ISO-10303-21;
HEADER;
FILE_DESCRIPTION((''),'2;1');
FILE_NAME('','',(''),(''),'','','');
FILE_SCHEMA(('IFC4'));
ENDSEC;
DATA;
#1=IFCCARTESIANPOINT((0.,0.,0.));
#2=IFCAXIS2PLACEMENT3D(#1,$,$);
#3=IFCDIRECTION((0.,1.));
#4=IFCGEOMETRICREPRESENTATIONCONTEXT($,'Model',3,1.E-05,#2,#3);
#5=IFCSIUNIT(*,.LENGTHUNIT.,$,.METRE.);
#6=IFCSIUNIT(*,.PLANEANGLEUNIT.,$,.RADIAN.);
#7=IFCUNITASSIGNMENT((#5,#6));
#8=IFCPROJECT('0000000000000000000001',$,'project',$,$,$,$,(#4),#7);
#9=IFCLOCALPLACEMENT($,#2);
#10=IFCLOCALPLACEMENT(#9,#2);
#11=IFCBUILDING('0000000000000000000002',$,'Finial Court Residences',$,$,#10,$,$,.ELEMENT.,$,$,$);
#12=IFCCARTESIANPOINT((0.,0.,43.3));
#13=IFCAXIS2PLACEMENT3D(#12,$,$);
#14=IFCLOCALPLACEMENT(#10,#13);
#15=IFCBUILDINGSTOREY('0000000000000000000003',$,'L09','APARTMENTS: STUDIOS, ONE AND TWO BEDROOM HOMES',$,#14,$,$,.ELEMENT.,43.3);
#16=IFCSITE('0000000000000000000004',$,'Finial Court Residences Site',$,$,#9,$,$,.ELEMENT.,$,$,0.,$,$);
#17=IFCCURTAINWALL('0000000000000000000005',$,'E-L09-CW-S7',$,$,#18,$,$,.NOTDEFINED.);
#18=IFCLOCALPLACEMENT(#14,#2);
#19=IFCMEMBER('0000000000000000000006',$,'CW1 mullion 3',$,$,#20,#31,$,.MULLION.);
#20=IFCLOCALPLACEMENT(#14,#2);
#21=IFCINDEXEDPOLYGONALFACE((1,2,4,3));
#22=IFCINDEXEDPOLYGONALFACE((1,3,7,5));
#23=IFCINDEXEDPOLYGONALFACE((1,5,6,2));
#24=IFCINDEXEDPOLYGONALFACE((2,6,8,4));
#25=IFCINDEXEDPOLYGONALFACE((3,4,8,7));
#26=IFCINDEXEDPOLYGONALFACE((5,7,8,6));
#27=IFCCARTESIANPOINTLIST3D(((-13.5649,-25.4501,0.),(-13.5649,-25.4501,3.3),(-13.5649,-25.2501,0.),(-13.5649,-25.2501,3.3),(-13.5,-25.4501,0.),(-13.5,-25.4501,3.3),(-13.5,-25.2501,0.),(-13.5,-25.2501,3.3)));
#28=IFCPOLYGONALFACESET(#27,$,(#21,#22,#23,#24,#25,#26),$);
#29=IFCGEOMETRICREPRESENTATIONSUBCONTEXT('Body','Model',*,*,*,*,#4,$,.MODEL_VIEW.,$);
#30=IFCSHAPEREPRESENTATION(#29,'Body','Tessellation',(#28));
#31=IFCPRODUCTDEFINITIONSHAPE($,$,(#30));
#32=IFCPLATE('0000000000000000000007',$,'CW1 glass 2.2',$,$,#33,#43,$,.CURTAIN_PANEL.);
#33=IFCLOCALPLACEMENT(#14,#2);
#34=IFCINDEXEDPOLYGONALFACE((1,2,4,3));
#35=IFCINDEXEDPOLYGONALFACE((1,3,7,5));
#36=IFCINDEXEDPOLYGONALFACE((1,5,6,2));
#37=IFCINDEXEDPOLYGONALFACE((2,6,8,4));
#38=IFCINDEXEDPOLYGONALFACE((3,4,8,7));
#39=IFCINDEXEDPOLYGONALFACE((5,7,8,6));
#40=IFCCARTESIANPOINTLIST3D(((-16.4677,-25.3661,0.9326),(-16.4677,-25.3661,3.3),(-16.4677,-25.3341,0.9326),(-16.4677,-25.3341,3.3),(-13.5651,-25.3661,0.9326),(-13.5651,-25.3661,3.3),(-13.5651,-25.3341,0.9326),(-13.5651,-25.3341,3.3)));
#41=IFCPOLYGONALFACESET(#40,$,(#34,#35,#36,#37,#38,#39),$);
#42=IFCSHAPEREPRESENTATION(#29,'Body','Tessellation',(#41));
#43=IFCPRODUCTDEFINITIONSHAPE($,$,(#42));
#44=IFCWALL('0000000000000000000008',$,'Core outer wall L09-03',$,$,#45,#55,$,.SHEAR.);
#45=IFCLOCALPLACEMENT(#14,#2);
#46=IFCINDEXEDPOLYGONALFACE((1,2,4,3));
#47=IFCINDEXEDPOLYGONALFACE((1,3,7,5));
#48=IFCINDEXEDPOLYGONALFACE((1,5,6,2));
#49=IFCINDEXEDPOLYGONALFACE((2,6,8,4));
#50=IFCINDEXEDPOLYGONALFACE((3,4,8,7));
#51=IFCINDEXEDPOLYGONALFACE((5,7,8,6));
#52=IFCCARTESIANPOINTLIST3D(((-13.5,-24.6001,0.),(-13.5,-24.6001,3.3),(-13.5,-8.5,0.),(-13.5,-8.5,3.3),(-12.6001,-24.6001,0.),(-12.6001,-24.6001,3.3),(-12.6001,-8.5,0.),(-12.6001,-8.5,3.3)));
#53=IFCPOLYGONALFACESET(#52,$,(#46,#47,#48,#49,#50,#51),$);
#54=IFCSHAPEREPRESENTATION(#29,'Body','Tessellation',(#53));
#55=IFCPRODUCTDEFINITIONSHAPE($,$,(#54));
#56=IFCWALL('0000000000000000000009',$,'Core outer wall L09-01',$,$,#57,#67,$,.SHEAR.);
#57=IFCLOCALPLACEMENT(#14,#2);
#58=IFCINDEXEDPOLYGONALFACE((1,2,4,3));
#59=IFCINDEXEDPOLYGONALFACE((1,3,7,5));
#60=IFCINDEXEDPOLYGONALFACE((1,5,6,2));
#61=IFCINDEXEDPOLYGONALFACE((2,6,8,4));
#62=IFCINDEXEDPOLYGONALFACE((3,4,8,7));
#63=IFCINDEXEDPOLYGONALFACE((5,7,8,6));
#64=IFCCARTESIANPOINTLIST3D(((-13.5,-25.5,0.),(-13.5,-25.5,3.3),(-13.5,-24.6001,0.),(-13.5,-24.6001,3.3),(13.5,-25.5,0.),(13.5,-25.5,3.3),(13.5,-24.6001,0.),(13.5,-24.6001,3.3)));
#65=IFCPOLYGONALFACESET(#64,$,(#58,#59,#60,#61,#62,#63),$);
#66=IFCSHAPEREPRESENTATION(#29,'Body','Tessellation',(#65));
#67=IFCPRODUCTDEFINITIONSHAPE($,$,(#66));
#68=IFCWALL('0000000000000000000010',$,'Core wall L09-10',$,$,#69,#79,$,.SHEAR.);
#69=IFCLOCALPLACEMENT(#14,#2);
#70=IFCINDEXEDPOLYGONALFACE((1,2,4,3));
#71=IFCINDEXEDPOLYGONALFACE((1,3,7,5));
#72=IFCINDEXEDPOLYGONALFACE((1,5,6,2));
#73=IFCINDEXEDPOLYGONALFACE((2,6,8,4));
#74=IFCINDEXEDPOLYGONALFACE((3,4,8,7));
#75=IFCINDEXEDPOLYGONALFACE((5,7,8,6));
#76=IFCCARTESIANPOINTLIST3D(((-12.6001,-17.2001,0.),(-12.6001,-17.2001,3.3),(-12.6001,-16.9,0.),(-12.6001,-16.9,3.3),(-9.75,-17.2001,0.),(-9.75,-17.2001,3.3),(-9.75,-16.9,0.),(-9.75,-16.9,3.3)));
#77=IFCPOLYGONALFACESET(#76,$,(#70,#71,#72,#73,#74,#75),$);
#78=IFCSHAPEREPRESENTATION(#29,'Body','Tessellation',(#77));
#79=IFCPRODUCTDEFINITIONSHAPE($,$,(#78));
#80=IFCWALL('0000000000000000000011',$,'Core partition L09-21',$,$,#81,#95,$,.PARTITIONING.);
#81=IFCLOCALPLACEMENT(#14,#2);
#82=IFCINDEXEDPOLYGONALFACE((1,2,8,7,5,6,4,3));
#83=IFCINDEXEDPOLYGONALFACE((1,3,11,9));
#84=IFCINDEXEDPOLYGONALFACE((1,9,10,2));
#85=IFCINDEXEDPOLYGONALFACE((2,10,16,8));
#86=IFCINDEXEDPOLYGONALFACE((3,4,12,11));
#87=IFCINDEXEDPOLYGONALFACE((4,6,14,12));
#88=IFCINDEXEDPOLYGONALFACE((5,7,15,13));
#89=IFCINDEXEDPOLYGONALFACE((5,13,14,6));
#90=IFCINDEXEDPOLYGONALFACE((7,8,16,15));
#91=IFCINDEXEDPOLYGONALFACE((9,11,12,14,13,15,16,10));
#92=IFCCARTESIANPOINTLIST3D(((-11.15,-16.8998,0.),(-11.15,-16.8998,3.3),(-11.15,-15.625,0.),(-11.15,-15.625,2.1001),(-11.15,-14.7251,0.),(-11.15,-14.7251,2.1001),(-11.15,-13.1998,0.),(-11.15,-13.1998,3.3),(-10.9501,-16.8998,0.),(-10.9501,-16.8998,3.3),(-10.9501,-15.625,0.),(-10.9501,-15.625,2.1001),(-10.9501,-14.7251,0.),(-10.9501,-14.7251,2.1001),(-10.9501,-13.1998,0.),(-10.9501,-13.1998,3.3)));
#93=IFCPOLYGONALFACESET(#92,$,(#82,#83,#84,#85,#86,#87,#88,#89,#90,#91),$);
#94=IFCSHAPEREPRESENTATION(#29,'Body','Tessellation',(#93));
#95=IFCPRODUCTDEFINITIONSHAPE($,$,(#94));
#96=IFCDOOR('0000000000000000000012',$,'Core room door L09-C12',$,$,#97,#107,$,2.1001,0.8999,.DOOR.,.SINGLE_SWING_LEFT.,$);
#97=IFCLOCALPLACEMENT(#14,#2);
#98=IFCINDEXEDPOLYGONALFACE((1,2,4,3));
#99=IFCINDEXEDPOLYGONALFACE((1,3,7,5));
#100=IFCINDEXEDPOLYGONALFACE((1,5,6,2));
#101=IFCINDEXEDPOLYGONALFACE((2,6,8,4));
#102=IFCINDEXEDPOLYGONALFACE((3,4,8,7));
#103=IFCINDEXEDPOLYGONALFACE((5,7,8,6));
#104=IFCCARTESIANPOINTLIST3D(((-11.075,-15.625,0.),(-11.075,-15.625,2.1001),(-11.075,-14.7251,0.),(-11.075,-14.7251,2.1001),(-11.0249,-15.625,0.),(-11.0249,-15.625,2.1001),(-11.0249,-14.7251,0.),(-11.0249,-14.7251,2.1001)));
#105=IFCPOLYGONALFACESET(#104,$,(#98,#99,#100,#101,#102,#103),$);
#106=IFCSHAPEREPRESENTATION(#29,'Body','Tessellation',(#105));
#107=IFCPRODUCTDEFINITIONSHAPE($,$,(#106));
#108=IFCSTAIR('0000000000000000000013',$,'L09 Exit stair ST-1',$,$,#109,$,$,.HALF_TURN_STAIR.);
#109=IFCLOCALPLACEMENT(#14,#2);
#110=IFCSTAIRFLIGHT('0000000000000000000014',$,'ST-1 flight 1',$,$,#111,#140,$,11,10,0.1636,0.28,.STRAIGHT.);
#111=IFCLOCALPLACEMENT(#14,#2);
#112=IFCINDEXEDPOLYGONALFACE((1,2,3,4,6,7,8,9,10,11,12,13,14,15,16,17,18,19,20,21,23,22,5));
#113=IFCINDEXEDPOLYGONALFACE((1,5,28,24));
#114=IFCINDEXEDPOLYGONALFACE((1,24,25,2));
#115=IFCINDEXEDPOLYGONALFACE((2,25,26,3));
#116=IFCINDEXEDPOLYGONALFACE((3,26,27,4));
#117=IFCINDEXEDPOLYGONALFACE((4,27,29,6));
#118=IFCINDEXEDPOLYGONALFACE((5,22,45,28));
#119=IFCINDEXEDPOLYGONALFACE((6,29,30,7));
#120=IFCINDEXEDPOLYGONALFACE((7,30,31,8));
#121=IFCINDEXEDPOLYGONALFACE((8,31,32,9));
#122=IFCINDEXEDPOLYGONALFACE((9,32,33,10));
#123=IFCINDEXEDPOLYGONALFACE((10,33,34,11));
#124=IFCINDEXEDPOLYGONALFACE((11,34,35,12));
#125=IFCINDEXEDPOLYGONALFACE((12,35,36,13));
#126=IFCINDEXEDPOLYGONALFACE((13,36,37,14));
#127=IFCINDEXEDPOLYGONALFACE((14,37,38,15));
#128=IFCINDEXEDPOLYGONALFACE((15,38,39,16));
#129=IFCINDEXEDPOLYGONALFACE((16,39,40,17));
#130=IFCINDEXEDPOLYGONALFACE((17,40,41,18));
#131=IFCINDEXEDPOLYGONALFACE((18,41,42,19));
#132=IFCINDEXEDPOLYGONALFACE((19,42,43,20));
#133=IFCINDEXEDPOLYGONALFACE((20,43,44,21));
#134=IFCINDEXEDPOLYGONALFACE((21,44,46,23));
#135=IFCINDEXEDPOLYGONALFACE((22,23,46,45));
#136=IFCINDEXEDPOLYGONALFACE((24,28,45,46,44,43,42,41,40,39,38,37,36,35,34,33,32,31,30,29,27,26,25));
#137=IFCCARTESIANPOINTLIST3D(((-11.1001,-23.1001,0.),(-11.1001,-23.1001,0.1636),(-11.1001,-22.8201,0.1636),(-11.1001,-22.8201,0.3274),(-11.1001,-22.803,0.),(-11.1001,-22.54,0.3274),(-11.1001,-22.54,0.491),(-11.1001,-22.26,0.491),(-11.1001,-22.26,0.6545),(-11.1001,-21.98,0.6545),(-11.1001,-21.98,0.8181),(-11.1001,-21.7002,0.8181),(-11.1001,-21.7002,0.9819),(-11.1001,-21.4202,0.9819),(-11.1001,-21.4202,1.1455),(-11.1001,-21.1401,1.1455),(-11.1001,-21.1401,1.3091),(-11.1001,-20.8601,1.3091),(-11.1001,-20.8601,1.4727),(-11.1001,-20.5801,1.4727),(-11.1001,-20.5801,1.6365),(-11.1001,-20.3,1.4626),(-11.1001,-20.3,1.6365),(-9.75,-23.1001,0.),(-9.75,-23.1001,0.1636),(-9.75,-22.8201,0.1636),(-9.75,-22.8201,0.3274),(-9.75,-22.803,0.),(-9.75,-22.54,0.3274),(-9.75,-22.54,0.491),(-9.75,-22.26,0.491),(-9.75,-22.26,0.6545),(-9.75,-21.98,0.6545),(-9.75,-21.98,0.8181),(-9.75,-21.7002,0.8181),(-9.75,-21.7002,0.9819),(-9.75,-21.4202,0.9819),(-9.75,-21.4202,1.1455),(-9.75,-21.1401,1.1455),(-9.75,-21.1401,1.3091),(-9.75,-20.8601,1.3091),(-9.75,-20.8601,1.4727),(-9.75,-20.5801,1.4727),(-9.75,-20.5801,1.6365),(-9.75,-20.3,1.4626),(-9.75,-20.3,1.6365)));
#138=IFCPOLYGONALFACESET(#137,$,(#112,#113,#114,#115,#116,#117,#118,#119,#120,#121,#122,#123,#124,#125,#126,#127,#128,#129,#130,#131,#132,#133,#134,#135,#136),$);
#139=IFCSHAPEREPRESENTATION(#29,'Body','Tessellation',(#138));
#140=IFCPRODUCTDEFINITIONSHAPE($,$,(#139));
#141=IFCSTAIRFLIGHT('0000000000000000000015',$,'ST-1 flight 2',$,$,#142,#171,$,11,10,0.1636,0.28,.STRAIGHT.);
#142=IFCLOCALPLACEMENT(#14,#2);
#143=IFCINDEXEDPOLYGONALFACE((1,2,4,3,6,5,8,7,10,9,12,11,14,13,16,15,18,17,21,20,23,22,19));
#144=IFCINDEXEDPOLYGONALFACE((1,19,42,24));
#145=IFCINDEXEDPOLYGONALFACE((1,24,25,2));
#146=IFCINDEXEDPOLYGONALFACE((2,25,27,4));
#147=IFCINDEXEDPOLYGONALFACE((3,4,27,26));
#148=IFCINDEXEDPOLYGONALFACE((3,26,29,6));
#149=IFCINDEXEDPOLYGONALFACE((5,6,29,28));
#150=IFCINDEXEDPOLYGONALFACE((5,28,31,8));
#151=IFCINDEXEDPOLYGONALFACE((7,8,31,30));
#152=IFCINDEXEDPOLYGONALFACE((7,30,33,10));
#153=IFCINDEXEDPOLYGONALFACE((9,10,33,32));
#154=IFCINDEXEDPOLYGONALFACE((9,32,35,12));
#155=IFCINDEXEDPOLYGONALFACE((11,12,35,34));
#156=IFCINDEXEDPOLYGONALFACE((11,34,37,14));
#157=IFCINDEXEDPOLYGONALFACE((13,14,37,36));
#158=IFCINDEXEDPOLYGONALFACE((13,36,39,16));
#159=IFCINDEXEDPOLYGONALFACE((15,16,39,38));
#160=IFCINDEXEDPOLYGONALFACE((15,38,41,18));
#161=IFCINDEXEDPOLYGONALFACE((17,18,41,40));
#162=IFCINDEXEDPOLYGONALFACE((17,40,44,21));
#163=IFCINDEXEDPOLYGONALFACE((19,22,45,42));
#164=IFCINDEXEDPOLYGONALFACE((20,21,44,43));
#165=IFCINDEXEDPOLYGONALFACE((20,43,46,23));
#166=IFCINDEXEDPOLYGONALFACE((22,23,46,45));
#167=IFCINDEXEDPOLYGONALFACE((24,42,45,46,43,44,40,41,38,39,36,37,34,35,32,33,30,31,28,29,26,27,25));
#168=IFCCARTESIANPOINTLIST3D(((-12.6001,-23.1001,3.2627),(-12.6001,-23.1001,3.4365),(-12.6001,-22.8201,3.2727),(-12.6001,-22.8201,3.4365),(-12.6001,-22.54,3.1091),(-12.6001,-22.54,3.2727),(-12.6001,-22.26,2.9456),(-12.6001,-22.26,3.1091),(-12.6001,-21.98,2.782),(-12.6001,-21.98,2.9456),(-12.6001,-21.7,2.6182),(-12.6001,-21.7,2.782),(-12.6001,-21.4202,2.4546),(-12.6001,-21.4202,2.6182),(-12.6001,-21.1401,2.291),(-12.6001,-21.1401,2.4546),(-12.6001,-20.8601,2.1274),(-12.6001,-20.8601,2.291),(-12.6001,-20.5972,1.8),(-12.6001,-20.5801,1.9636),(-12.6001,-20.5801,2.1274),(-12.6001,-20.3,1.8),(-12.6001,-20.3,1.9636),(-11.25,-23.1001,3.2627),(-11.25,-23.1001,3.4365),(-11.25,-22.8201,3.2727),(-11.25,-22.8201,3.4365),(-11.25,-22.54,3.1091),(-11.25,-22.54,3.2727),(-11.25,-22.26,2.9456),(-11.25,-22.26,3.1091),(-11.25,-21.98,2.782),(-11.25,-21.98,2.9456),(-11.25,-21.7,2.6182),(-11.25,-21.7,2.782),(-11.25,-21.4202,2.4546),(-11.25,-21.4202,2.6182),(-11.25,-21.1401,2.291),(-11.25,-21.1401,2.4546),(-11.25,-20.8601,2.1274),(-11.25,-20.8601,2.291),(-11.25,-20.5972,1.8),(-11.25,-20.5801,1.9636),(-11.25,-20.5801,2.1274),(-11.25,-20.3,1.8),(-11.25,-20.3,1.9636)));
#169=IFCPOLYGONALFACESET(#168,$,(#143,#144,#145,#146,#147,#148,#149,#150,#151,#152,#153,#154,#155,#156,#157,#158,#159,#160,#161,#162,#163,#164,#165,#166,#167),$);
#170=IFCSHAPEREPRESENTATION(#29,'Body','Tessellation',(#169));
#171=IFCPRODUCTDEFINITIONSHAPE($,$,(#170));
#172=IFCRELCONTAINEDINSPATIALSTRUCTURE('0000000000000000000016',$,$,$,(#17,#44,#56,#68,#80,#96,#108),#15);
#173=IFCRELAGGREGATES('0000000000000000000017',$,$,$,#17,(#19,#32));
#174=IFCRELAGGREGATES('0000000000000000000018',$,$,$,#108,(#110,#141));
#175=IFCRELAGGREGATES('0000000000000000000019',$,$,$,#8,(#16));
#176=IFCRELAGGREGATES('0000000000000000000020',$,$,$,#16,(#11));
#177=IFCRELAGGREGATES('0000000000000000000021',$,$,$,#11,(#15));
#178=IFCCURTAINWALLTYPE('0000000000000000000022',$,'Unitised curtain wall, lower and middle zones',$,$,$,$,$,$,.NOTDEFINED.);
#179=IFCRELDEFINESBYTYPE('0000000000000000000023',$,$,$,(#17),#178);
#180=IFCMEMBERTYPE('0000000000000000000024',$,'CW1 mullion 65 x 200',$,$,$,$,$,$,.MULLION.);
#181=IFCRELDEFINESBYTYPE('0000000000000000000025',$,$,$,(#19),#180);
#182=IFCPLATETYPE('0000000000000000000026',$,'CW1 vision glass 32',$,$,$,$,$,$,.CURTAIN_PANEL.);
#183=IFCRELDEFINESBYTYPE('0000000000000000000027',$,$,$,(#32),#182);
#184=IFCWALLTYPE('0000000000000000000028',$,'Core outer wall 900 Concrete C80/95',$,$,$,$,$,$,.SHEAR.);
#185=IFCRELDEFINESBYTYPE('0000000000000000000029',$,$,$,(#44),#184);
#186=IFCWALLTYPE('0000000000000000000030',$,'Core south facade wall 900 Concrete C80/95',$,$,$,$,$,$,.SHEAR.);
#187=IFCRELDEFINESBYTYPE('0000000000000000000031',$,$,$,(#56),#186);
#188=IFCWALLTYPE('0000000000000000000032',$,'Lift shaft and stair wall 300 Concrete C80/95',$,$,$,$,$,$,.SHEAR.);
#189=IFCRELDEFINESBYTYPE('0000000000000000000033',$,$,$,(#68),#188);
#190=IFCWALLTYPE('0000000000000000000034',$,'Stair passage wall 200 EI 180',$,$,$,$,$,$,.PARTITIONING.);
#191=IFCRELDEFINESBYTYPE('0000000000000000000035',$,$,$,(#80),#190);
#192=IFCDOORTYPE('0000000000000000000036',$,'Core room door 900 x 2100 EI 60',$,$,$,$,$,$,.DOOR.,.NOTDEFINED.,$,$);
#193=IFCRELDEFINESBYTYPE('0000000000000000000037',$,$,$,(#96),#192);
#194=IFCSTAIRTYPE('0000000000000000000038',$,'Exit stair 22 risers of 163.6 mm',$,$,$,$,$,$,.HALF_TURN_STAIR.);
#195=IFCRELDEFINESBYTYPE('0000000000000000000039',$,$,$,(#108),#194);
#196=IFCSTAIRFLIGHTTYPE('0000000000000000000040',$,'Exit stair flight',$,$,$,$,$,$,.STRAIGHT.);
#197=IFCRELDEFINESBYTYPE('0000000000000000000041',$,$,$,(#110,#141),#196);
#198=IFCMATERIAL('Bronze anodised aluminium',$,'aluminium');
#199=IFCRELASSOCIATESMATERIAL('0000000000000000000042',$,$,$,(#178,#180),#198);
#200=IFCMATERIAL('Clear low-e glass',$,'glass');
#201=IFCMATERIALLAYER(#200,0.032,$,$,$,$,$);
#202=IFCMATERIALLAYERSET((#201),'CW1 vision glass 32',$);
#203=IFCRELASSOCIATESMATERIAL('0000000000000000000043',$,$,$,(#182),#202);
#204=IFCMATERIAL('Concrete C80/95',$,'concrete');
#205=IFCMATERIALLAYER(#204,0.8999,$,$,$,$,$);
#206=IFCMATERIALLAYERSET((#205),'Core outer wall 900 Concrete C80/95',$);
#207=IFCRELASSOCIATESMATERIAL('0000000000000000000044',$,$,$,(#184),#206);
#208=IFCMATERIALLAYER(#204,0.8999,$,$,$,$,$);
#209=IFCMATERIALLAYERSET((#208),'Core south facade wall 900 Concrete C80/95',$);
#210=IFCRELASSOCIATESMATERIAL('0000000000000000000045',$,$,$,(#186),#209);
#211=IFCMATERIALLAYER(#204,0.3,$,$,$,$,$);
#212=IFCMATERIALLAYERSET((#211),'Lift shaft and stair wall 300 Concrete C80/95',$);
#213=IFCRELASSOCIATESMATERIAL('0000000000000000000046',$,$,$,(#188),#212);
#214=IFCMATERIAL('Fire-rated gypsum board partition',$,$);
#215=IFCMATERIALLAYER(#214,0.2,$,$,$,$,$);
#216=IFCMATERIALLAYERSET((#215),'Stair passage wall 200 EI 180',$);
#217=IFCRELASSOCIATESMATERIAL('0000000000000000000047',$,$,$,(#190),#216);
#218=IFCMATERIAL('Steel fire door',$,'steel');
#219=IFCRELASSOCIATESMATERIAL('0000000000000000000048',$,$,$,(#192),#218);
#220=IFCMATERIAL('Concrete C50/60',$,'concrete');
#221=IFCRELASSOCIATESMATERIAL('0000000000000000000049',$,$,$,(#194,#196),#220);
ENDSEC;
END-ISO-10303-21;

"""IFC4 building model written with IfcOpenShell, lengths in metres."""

from ifc_helpers import new_model, si_unit, direction, frame, frame_2d, origin, origin_2d, place, context, subcontext, project, spatial, polyline, rectangle, outline, extrude, material, layer, layer_set, material_profile, profile_set, type_object, element, fill, aggregate, save


model = new_model("IFC4")

# Units and contexts
model_context = context("Model", 3, precision=1e-05, world=origin(), true_north=direction((0.0, 1.0)))
body_context = subcontext(model_context, "Body", "Model", "MODEL_VIEW")
ifc_project = project(units=[si_unit("LENGTHUNIT", "METRE"), si_unit("PLANEANGLEUNIT", "RADIAN")], contexts=[model_context])

# Site, building, storey
site_placement = place(None, origin())
site = spatial("IfcSite", under=ifc_project, at=site_placement, Name="Finial Court Residences Site", CompositionType="ELEMENT", RefElevation=0.0)
building_placement = place(site_placement, origin())
building = spatial("IfcBuilding", under=site, at=building_placement, Name="Finial Court Residences", CompositionType="ELEMENT")
storey_placement = place(building_placement, frame((0.0, 0.0, 43.3)))
storey = spatial("IfcBuildingStorey", under=building, at=storey_placement, Name="L09", Description="APARTMENTS: STUDIOS, ONE AND TWO BEDROOM HOMES", CompositionType="ELEMENT", Elevation=43.3)

# Curtain wall, member, plate
ifc_material_1 = material(Name="Bronze anodised aluminium", Category="aluminium")
curtain_wall_type = type_object("IfcCurtainWallType", Name="Unitised curtain wall, lower and middle zones", PredefinedType="NOTDEFINED", material=ifc_material_1)
curtain_wall_placement = place(storey_placement, origin())
curtain_wall = element("IfcCurtainWall", 1, at=curtain_wall_placement, inside=storey, type_object=curtain_wall_type, Name="E-L09-CW-S7", PredefinedType="NOTDEFINED")
ifc_material_profile = material_profile(ifc_material_1, rectangle(XDim=0.2, YDim=0.0649, at=origin_2d()), Name="CW1 mullion 65 x 200")
ifc_profile_set = profile_set([ifc_material_profile], Name="Bronze anodised aluminium")
member_type = type_object("IfcMemberType", Name="CW1 mullion 65 x 200", PredefinedType="MULLION", material=ifc_profile_set)
member_placement = place(storey_placement, frame((-13.5325, -25.3501, 0.0), z_axis=(0.0, 0.0, 1.0), x_axis=(0.0, 1.0, 0.0)))
member = element("IfcMember", 2, at=member_placement, type_object=member_type, Name="CW1 mullion 3", PredefinedType="MULLION", context=body_context, shape_type="SweptSolid", body=[
    extrude(rectangle(XDim=0.2, YDim=0.0649, at=origin_2d()), origin(), (0.0, 0.0, 1.0), 3.3),
])
ifc_material_2 = material(Name="Clear low-e glass", Category="glass")
ifc_layer_1 = layer(ifc_material_2, 0.032)
ifc_layer_set_1 = layer_set([ifc_layer_1], Name="CW1 vision glass 32")
plate_type = type_object("IfcPlateType", Name="CW1 vision glass 32", PredefinedType="CURTAIN_PANEL", material=ifc_layer_set_1)
plate_placement = place(storey_placement, frame((-15.0164, -25.3501, 0.9326), z_axis=(0.0, 0.0, 1.0), x_axis=(1.0, 0.0, 0.0)))
plate = element("IfcPlate", 3, at=plate_placement, type_object=plate_type, Name="CW1 glass 2.2", PredefinedType="CURTAIN_PANEL", context=body_context, shape_type="SweptSolid", body=[
    extrude(rectangle(XDim=2.9026, YDim=0.032, at=origin_2d()), origin(), (0.0, 0.0, 1.0), 2.3674),
])
aggregate(curtain_wall, [member, plate])

# Walls
ifc_material_3 = material(Name="Concrete C80/95", Category="concrete")
ifc_layer_2 = layer(ifc_material_3, 0.8999)
ifc_layer_set_2 = layer_set([ifc_layer_2], Name="Core outer wall 900 Concrete C80/95")
wall_type_1 = type_object("IfcWallType", Name="Core outer wall 900 Concrete C80/95", PredefinedType="SHEAR", material=ifc_layer_set_2)
wall_1_placement = place(storey_placement, frame((-13.05, -24.6001, 0.0), z_axis=(0.0, 0.0, 1.0), x_axis=(0.0, 1.0, 0.0)))
element("IfcWall", 4, at=wall_1_placement, inside=storey, type_object=wall_type_1, Name="Core outer wall L09-03", PredefinedType="SHEAR", context=body_context, shape_type="SweptSolid", body=[
    extrude(rectangle(XDim=16.1001, YDim=0.8999, at=frame_2d((8.05, 0.0))), origin(), (0.0, 0.0, 1.0), 3.3),
])
ifc_layer_3 = layer(ifc_material_3, 0.8999)
ifc_layer_set_3 = layer_set([ifc_layer_3], Name="Core south facade wall 900 Concrete C80/95")
wall_type_2 = type_object("IfcWallType", Name="Core south facade wall 900 Concrete C80/95", PredefinedType="SHEAR", material=ifc_layer_set_3)
wall_2_placement = place(storey_placement, frame((-13.5, -25.05, 0.0), z_axis=(0.0, 0.0, 1.0), x_axis=(1.0, 0.0, 0.0)))
element("IfcWall", 5, at=wall_2_placement, inside=storey, type_object=wall_type_2, Name="Core outer wall L09-01", PredefinedType="SHEAR", context=body_context, shape_type="SweptSolid", body=[
    extrude(rectangle(XDim=27.0, YDim=0.8999, at=frame_2d((13.5, 0.0))), origin(), (0.0, 0.0, 1.0), 3.3),
])
ifc_layer_4 = layer(ifc_material_3, 0.3)
ifc_layer_set_4 = layer_set([ifc_layer_4], Name="Lift shaft and stair wall 300 Concrete C80/95")
wall_type_3 = type_object("IfcWallType", Name="Lift shaft and stair wall 300 Concrete C80/95", PredefinedType="SHEAR", material=ifc_layer_set_4)
wall_3_placement = place(storey_placement, frame((-12.6001, -17.05, 0.0), z_axis=(0.0, 0.0, 1.0), x_axis=(1.0, 0.0, 0.0)))
element("IfcWall", 6, at=wall_3_placement, inside=storey, type_object=wall_type_3, Name="Core wall L09-10", PredefinedType="SHEAR", context=body_context, shape_type="SweptSolid", body=[
    extrude(rectangle(XDim=2.8501, YDim=0.3, at=frame_2d((1.425, 0.0))), origin(), (0.0, 0.0, 1.0), 3.3),
])

# Wall, opening, door
ifc_material_4 = material(Name="Fire-rated gypsum board partition")
ifc_layer_5 = layer(ifc_material_4, 0.2)
ifc_layer_set_5 = layer_set([ifc_layer_5], Name="Stair passage wall 200 EI 180")
wall_type_4 = type_object("IfcWallType", Name="Stair passage wall 200 EI 180", PredefinedType="PARTITIONING", material=ifc_layer_set_5)
wall_4_placement = place(storey_placement, frame((-11.05, -16.8999, 0.0), z_axis=(0.0, 0.0, 1.0), x_axis=(0.0, 1.0, 0.0)))
wall_4 = element("IfcWall", 7, at=wall_4_placement, inside=storey, type_object=wall_type_4, Name="Core partition L09-21", PredefinedType="PARTITIONING", context=body_context, shape_type="SweptSolid", body=[
    extrude(rectangle(XDim=3.7, YDim=0.2, at=frame_2d((1.8501, 0.0))), origin(), (0.0, 0.0, 1.0), 3.3),
])
opening_placement = place(wall_4_placement, frame((1.2749, 0.0, 0.0)))
opening = element("IfcOpeningElement", 8, at=opening_placement, cuts=wall_4, PredefinedType="OPENING", context=body_context, shape_type="SweptSolid", body=[
    extrude(rectangle(XDim=0.8999, YDim=2.1001, at=frame_2d((0.45, 1.05))), frame((0.0, 0.1099, 0.0), z_axis=(0.0, -1.0, 0.0), x_axis=(1.0, 0.0, 0.0)), (0.0, 0.0, 1.0), 0.22),
])
ifc_material_5 = material(Name="Steel fire door", Category="steel")
door_type = type_object("IfcDoorType", Name="Core room door 900 x 2100 EI 60", OperationType="NOTDEFINED", PredefinedType="DOOR", material=ifc_material_5)
door_placement = place(opening_placement, origin())
door = element("IfcDoor", 9, at=door_placement, inside=storey, type_object=door_type, Name="Core room door L09-C12", OperationType="SINGLE_SWING_LEFT", OverallHeight=2.1001, OverallWidth=0.8999, PredefinedType="DOOR", context=body_context, shape_type="SweptSolid", body=[
    extrude(rectangle(XDim=0.8999, YDim=2.1001, at=frame_2d((0.45, 1.05))), frame((0.0, 0.0249, 0.0), z_axis=(0.0, -1.0, 0.0), x_axis=(1.0, 0.0, 0.0)), (0.0, 0.0, 1.0), 0.05),
])
fill(opening, door)

# Stair, stair flights
ifc_material_6 = material(Name="Concrete C50/60", Category="concrete")
stair_type = type_object("IfcStairType", Name="Exit stair 22 risers of 163.6 mm", PredefinedType="HALF_TURN_STAIR", material=ifc_material_6)
stair_placement = place(storey_placement, origin())
stair = element("IfcStair", 10, at=stair_placement, inside=storey, type_object=stair_type, Name="L09 Exit stair ST-1", PredefinedType="HALF_TURN_STAIR")
stair_flight_type = type_object("IfcStairFlightType", Name="Exit stair flight", PredefinedType="STRAIGHT", material=ifc_material_6)
stair_flight_1_placement = place(storey_placement, frame((-10.425, -23.1001, 0.0), z_axis=(0.0, 0.0, 1.0), x_axis=(0.0, 1.0, 0.0)))
stair_flight_1 = element("IfcStairFlight", 11, at=stair_flight_1_placement, type_object=stair_flight_type, Name="ST-1 flight 1", NumberOfRisers=11, NumberOfTreads=10, PredefinedType="STRAIGHT", RiserHeight=0.1636, TreadLength=0.28, context=body_context, shape_type="SweptSolid", body=[
    extrude(outline(polyline([(0.0, 0.0), (0.0, 0.1636), (0.28, 0.1636), (0.28, 0.3274), (0.5601, 0.3274), (0.5601, 0.491), (0.8401, 0.491), (0.8401, 0.6545), (1.1201, 0.6545), (1.1201, 0.8181), (1.3999, 0.8181), (1.3999, 0.9819), (1.6799, 0.9819), (1.6799, 1.1455), (1.96, 1.1455), (1.96, 1.3091), (2.24, 1.3091), (2.24, 1.4727), (2.52, 1.4727), (2.52, 1.6365), (2.8, 1.6365), (2.8, 1.8), (2.8, 1.4626), (0.2971, 0.0), (0.0, 0.0)])), frame((0.0, 0.675, 0.0), z_axis=(0.0, -1.0, 0.0), x_axis=(1.0, 0.0, 0.0)), (0.0, 0.0, 1.0), 1.3501),
])
stair_flight_2_placement = place(storey_placement, frame((-11.925, -20.3, 1.8), z_axis=(0.0, 0.0, 1.0), x_axis=(0.0, -1.0, 0.0)))
stair_flight_2 = element("IfcStairFlight", 12, at=stair_flight_2_placement, type_object=stair_flight_type, Name="ST-1 flight 2", NumberOfRisers=11, NumberOfTreads=10, PredefinedType="STRAIGHT", RiserHeight=0.1636, TreadLength=0.28, context=body_context, shape_type="SweptSolid", body=[
    extrude(outline(polyline([(0.0, 0.0), (0.0, 0.1636), (0.28, 0.1636), (0.28, 0.3274), (0.5601, 0.3274), (0.5601, 0.491), (0.8401, 0.491), (0.8401, 0.6545), (1.1201, 0.6545), (1.1201, 0.8181), (1.3999, 0.8181), (1.3999, 0.9819), (1.6799, 0.9819), (1.6799, 1.1455), (1.96, 1.1455), (1.96, 1.3091), (2.24, 1.3091), (2.24, 1.4727), (2.52, 1.4727), (2.52, 1.6365), (2.8, 1.6365), (2.8, 1.8), (2.8, 1.4626), (0.2971, 0.0), (0.0, 0.0)])), frame((0.0, 0.675, 0.0), z_axis=(0.0, -1.0, 0.0), x_axis=(1.0, 0.0, 0.0)), (0.0, 0.0, 1.0), 1.3501),
])
aggregate(stair, [stair_flight_1, stair_flight_2])

save(model, "model.ifc")
